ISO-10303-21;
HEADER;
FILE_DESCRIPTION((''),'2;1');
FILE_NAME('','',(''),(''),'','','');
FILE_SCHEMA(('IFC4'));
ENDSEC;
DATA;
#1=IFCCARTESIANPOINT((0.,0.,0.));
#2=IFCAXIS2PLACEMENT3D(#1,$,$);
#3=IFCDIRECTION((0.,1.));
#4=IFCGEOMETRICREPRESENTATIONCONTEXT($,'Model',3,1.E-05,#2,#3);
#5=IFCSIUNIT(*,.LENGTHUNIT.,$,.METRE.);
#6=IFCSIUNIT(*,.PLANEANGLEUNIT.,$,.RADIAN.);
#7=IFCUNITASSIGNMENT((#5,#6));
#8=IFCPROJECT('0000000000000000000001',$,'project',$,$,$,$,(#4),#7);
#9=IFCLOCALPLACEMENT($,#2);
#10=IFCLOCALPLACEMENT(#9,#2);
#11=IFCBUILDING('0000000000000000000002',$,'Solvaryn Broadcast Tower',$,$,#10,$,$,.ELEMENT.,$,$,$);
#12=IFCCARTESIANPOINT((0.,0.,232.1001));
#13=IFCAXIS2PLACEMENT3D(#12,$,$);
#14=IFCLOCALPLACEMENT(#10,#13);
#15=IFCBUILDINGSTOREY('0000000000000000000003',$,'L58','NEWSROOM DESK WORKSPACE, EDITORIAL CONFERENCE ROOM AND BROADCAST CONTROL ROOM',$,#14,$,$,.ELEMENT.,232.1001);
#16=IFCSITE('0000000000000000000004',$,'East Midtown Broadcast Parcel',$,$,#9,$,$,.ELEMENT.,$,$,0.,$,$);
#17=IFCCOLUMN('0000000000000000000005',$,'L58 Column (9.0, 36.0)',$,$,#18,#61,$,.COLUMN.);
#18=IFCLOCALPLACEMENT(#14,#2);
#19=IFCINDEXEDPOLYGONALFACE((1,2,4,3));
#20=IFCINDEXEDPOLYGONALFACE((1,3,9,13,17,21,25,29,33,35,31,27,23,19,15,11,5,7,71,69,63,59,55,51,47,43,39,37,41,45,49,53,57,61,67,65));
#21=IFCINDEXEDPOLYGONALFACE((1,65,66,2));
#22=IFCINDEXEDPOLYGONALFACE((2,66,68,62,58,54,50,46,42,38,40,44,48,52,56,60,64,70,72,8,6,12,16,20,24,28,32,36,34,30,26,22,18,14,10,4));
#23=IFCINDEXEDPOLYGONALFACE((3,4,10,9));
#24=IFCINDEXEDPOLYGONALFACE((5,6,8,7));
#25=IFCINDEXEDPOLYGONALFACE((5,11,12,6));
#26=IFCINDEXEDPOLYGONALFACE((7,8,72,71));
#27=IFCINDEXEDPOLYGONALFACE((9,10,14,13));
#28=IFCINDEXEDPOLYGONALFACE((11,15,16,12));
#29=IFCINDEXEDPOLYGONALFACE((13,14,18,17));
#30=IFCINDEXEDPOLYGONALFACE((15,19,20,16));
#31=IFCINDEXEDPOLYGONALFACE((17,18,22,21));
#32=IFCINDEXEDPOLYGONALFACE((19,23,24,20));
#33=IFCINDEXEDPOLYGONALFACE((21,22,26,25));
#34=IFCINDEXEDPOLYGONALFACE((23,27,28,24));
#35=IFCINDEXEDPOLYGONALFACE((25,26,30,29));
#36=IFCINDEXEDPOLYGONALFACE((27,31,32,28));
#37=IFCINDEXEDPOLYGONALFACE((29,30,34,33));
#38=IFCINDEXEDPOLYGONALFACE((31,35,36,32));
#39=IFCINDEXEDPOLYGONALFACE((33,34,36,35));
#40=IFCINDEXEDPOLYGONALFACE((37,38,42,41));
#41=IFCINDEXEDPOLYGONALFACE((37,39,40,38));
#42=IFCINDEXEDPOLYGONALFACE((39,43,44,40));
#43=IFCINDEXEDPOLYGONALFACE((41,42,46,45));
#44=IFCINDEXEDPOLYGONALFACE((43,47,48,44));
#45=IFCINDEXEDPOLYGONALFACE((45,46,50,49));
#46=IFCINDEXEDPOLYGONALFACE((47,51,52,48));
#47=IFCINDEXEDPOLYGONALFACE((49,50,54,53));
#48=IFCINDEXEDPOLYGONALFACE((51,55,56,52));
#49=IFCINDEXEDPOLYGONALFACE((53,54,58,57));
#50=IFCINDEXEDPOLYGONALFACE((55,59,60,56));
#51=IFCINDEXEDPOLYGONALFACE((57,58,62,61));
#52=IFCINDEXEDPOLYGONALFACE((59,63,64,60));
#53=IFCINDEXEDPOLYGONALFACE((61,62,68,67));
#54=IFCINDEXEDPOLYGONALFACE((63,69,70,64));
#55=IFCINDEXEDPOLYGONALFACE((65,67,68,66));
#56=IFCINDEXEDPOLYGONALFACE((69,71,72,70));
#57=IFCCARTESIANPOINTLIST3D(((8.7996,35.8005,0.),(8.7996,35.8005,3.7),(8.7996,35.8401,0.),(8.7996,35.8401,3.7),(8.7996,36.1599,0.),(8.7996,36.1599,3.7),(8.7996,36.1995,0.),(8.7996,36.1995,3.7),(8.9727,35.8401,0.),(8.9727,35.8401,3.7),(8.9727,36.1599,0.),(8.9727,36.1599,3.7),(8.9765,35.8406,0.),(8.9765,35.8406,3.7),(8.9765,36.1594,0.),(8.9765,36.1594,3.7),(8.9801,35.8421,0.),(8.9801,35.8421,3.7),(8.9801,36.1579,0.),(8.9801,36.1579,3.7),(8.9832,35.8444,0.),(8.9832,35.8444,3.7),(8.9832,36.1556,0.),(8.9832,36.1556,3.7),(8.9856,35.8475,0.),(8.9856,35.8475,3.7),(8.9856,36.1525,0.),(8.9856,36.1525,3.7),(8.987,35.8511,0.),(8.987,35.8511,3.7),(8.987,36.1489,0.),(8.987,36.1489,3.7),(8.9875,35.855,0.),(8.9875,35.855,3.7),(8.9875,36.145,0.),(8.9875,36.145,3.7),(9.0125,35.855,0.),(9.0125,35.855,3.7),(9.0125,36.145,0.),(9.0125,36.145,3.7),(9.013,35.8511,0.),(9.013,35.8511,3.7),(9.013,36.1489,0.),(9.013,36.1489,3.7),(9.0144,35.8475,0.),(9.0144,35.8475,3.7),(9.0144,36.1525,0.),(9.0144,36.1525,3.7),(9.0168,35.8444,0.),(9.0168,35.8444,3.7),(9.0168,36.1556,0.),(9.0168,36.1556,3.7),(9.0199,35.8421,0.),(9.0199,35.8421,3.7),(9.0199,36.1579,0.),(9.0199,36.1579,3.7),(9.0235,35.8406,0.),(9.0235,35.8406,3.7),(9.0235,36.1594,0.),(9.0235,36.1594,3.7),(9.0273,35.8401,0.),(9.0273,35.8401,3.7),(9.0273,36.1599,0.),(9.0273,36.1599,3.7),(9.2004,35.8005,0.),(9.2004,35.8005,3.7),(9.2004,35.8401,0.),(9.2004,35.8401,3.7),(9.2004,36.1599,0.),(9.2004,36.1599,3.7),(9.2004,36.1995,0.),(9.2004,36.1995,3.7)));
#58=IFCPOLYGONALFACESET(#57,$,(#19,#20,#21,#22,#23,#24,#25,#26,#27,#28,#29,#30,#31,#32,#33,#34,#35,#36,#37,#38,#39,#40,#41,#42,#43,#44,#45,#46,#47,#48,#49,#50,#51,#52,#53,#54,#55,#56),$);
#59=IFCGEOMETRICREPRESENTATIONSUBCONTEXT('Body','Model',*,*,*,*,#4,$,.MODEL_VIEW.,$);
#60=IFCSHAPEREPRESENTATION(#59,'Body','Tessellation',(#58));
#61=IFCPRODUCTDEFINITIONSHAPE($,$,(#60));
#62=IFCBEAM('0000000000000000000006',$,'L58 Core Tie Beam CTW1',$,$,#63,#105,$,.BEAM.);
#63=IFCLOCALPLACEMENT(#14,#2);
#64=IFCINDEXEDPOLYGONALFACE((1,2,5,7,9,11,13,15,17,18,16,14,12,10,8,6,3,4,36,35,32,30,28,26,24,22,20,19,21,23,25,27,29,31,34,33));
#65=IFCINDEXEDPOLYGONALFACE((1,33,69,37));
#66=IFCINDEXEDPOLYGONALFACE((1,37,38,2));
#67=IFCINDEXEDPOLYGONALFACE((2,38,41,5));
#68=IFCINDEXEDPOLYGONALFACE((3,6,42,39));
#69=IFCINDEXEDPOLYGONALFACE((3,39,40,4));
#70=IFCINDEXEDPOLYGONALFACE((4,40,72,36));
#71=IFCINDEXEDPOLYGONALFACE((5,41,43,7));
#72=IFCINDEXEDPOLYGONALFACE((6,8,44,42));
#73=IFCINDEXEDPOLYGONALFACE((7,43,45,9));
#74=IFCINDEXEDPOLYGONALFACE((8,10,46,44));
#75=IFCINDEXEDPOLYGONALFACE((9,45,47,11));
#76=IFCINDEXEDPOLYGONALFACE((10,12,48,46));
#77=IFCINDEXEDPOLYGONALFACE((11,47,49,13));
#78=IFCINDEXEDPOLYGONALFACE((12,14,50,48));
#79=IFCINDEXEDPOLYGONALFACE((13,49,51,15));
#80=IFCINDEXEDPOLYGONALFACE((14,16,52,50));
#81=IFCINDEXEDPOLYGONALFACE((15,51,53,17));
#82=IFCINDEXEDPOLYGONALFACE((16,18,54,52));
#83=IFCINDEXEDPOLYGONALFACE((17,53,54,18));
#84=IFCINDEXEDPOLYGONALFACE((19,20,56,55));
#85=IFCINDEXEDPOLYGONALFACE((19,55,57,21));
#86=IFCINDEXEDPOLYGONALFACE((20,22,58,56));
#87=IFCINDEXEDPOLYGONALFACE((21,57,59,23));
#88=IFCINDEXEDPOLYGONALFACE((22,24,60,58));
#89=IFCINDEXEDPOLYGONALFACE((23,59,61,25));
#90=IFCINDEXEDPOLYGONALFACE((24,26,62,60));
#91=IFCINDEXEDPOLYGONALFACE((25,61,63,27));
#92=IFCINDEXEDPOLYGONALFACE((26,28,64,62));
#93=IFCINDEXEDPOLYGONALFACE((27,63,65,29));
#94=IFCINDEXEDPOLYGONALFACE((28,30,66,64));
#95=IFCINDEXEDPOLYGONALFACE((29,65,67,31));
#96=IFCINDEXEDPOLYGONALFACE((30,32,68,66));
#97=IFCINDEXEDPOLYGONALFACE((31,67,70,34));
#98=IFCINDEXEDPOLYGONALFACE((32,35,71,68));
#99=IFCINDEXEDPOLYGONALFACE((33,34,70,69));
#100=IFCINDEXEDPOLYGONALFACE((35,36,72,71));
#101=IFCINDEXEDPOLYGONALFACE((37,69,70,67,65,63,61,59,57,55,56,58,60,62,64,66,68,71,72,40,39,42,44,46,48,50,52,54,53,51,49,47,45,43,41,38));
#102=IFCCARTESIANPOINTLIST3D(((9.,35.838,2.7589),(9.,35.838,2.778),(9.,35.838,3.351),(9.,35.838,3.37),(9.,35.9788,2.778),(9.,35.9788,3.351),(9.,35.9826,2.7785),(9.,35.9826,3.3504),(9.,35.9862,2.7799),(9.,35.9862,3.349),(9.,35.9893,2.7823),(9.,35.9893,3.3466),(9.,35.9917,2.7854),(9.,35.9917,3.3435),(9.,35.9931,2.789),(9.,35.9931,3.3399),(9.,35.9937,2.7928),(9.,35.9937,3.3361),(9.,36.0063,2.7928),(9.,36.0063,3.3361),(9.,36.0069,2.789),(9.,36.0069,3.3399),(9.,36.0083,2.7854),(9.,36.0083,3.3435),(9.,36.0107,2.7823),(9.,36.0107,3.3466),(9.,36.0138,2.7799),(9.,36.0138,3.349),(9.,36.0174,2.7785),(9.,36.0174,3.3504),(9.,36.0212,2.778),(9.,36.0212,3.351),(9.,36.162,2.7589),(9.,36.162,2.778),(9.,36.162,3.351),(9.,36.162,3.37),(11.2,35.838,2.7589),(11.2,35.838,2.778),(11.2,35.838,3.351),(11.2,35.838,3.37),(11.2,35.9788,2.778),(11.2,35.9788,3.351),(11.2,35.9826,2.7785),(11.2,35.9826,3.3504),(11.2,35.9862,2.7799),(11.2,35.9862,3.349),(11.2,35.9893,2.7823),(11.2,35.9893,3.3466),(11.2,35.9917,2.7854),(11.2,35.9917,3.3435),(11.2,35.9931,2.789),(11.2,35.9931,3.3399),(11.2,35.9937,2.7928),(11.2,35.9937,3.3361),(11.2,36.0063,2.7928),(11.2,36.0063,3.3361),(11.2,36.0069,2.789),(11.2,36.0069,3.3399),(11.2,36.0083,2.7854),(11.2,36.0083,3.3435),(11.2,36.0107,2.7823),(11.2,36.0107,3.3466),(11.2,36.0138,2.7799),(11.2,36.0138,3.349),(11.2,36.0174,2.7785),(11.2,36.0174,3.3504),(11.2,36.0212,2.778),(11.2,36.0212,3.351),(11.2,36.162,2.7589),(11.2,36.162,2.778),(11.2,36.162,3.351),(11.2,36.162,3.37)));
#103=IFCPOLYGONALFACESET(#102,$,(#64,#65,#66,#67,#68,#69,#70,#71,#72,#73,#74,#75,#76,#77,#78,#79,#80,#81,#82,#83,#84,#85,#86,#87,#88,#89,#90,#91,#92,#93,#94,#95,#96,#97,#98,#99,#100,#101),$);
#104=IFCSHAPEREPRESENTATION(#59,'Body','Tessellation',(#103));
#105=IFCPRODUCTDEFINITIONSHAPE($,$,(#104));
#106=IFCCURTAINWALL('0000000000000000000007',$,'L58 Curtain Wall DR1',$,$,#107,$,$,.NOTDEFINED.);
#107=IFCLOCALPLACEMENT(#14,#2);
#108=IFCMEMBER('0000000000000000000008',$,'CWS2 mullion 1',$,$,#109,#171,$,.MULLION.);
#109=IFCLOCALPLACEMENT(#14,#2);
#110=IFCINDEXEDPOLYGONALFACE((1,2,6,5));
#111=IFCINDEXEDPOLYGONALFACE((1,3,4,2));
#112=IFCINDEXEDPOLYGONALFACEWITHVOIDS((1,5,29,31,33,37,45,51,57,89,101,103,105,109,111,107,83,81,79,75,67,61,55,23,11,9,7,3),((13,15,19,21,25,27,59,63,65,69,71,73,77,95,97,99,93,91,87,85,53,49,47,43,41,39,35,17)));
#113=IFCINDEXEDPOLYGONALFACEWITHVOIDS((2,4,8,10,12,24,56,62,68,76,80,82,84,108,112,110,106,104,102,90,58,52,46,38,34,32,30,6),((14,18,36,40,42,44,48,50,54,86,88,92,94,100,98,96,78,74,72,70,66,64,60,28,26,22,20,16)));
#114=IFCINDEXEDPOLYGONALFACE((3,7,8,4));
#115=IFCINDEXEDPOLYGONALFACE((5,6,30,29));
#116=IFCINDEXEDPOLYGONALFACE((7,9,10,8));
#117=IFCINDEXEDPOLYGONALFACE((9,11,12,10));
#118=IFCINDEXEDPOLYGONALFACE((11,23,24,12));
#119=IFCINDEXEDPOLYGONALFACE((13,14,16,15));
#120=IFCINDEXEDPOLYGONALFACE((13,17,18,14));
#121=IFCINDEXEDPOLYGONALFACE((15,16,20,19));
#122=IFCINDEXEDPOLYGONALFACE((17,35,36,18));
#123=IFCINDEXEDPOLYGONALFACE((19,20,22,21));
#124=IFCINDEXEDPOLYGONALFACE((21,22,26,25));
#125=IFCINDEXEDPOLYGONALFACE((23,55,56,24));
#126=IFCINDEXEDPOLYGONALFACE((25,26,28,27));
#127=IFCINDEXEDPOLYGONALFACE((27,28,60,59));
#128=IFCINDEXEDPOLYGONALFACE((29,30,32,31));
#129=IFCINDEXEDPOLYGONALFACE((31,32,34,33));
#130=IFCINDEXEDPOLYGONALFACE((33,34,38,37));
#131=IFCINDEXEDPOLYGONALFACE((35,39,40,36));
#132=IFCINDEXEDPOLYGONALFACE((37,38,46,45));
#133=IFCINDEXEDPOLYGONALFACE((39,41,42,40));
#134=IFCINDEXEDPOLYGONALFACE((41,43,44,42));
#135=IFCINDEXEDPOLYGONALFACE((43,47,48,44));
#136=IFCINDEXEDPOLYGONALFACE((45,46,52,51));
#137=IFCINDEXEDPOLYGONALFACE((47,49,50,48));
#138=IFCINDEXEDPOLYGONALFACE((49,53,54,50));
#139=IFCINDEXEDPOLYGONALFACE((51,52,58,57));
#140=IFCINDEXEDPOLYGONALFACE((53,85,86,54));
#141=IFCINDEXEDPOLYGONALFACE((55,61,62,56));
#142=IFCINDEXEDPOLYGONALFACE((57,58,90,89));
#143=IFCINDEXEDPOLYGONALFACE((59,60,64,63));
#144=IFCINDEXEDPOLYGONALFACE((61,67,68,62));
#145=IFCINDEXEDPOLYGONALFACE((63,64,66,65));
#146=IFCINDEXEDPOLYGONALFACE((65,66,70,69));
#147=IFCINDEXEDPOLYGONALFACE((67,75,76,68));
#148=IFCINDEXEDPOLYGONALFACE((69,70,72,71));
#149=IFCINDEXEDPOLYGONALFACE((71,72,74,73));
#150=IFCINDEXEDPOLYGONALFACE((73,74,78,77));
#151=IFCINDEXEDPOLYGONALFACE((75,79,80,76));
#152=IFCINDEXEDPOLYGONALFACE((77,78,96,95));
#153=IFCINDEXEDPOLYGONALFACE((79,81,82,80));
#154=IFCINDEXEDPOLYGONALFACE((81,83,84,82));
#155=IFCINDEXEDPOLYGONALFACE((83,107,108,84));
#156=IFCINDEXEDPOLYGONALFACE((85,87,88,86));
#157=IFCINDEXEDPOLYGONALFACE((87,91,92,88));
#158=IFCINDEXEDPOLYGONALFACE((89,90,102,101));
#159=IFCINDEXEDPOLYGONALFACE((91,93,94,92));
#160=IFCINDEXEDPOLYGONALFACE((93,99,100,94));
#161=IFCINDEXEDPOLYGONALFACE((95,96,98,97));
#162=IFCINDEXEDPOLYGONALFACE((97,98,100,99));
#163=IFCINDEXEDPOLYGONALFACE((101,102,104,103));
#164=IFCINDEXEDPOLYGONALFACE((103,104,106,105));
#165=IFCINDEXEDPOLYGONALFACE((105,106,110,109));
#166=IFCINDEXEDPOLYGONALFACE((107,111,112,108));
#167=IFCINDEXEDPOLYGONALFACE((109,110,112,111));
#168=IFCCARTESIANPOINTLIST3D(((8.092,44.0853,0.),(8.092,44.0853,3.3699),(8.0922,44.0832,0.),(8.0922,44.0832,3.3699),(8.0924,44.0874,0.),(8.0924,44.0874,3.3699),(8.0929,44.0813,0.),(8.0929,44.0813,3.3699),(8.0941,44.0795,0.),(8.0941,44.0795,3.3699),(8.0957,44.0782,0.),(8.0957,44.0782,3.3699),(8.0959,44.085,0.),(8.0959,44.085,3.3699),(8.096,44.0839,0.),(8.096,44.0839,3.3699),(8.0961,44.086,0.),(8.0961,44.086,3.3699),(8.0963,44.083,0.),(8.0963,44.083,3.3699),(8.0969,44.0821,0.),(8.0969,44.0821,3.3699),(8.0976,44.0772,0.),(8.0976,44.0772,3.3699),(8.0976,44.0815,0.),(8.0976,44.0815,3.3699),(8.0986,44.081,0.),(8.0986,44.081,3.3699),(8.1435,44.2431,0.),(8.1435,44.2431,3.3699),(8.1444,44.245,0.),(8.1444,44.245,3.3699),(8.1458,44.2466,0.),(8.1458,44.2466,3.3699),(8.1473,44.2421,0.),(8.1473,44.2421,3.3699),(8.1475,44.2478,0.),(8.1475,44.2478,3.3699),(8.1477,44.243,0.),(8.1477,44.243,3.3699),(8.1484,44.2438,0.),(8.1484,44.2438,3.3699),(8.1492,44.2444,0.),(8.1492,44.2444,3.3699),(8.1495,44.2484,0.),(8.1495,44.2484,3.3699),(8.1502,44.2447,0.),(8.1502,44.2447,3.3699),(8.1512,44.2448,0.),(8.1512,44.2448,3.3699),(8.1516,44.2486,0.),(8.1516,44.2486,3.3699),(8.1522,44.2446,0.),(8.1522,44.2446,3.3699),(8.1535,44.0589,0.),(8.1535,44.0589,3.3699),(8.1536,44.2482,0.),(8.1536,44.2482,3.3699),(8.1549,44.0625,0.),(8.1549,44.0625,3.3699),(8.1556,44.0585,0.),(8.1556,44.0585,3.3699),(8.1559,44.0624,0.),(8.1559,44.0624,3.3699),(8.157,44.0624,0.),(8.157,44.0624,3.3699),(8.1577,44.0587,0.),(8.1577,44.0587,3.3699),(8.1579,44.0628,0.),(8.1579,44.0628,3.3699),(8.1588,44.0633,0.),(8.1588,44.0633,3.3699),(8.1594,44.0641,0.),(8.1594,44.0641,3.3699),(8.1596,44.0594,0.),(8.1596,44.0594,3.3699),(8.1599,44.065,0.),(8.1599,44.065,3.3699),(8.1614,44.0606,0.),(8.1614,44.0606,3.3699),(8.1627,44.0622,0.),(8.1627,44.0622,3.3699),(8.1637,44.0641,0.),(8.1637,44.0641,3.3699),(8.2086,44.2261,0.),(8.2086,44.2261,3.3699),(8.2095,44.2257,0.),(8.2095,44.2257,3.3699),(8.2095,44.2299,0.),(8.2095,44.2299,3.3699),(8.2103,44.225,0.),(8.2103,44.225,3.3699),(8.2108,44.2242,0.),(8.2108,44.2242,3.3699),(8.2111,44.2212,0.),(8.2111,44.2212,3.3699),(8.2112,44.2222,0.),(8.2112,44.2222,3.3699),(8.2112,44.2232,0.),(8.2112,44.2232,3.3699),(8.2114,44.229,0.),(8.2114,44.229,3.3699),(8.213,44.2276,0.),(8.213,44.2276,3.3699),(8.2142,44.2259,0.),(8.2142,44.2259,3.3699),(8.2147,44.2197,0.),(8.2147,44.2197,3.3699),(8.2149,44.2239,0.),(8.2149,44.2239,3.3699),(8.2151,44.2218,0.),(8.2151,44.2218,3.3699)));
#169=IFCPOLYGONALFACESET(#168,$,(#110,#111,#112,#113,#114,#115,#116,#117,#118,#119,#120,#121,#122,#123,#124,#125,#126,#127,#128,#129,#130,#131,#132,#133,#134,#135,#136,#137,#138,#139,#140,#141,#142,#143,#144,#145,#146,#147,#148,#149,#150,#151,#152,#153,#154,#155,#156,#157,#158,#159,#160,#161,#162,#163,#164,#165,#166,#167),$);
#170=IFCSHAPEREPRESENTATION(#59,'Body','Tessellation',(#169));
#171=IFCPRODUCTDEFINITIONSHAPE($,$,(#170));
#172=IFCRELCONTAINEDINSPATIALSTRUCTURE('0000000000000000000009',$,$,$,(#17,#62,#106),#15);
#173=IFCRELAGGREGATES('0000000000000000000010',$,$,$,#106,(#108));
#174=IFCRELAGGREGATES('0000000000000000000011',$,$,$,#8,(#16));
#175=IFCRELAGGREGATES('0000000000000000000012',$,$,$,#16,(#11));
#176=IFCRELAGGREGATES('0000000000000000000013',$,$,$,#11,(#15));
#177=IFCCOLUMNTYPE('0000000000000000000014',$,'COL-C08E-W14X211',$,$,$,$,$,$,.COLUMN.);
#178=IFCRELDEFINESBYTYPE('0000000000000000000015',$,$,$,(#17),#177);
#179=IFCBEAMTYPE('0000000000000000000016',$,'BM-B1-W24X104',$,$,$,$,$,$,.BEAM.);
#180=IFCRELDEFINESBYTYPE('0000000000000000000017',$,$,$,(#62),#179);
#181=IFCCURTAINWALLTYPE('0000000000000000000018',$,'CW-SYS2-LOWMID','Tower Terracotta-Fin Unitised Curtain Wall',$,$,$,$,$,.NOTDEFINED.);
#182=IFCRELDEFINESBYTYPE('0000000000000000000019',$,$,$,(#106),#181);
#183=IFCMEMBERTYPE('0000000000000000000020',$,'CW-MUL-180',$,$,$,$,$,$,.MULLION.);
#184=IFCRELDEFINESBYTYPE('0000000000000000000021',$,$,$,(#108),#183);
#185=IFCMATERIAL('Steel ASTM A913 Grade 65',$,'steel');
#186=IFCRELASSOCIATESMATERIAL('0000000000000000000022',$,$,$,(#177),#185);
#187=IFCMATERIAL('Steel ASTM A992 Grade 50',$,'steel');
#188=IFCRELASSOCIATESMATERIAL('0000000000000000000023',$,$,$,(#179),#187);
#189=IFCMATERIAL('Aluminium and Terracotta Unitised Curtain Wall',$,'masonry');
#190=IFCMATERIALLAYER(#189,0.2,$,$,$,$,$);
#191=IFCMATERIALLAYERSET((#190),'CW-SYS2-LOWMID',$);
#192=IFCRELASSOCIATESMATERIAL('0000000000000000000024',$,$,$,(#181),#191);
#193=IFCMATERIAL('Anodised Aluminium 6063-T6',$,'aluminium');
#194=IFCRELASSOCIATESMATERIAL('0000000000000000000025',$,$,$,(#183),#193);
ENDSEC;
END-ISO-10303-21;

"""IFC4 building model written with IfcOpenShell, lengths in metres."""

from ifc_helpers import new_model, si_unit, direction, frame, origin, origin_2d, place, context, subcontext, project, spatial, hollow_rectangle, i_section, extrude, material, layer, layer_set, material_profile, profile_set, type_object, element, aggregate, save


model = new_model("IFC4")

# Units and contexts
model_context = context("Model", 3, precision=1e-05, world=origin(), true_north=direction((0.0, 1.0)))
body_context = subcontext(model_context, "Body", "Model", "MODEL_VIEW")
ifc_project = project(units=[si_unit("LENGTHUNIT", "METRE"), si_unit("PLANEANGLEUNIT", "RADIAN")], contexts=[model_context])

# Site, building, storey
site_placement = place(None, origin())
site = spatial("IfcSite", under=ifc_project, at=site_placement, Name="East Midtown Broadcast Parcel", CompositionType="ELEMENT", RefElevation=0.0)
building_placement = place(site_placement, origin())
building = spatial("IfcBuilding", under=site, at=building_placement, Name="Solvaryn Broadcast Tower", CompositionType="ELEMENT")
storey_placement = place(building_placement, frame((0.0, 0.0, 232.1001)))
storey = spatial("IfcBuildingStorey", under=building, at=storey_placement, Name="L58", Description="NEWSROOM DESK WORKSPACE, EDITORIAL CONFERENCE ROOM AND BROADCAST CONTROL ROOM", CompositionType="ELEMENT", Elevation=232.1001)

# Column
ifc_material_1 = material(Name="Steel ASTM A913 Grade 65", Category="steel")
ifc_material_profile_1 = material_profile(ifc_material_1, i_section(OverallWidth=0.4009, OverallDepth=0.3989, WebThickness=0.0249, FlangeThickness=0.0396, FilletRadius=0.0149, at=origin_2d()))
ifc_profile_set_1 = profile_set([ifc_material_profile_1], Name="Steel ASTM A913 Grade 65")
column_type = type_object("IfcColumnType", Name="COL-C08E-W14X211", PredefinedType="COLUMN", material=ifc_profile_set_1)
column_placement = place(storey_placement, frame((9.0, 36.0, 0.0), z_axis=(0.0, 0.0, 1.0), x_axis=(1.0, 0.0, 0.0)))
element("IfcColumn", 1, at=column_placement, inside=storey, type_object=column_type, Name="L58 Column (9.0, 36.0)", PredefinedType="COLUMN", context=body_context, shape_type="SweptSolid", body=[
    extrude(i_section(OverallWidth=0.4009, OverallDepth=0.3989, WebThickness=0.0249, FlangeThickness=0.0396, FilletRadius=0.0149, at=origin_2d()), origin(), (0.0, 0.0, 1.0), 3.7),
])

# Beam
ifc_material_2 = material(Name="Steel ASTM A992 Grade 50", Category="steel")
ifc_material_profile_2 = material_profile(ifc_material_2, i_section(OverallWidth=0.324, OverallDepth=0.6111, WebThickness=0.0127, FlangeThickness=0.019, FilletRadius=0.0149, at=origin_2d()))
ifc_profile_set_2 = profile_set([ifc_material_profile_2], Name="Steel ASTM A992 Grade 50")
beam_type = type_object("IfcBeamType", Name="BM-B1-W24X104", PredefinedType="BEAM", material=ifc_profile_set_2)
beam_placement = place(storey_placement, frame((9.0, 36.0, 3.0645), z_axis=(1.0, 0.0, 0.0), x_axis=(0.0, 1.0, 0.0)))
element("IfcBeam", 2, at=beam_placement, inside=storey, type_object=beam_type, Name="L58 Core Tie Beam CTW1", PredefinedType="BEAM", context=body_context, shape_type="SweptSolid", body=[
    extrude(i_section(OverallWidth=0.324, OverallDepth=0.6111, WebThickness=0.0127, FlangeThickness=0.019, FilletRadius=0.0149, at=origin_2d()), origin(), (0.0, 0.0, 1.0), 2.2),
])

# Curtain wall, member
ifc_material_3 = material(Name="Aluminium and Terracotta Unitised Curtain Wall", Category="masonry")
ifc_layer_1 = layer(ifc_material_3, 0.2)
ifc_layer_set_1 = layer_set([ifc_layer_1], Name="CW-SYS2-LOWMID")
curtain_wall_type = type_object("IfcCurtainWallType", Name="CW-SYS2-LOWMID", Description="Tower Terracotta-Fin Unitised Curtain Wall", PredefinedType="NOTDEFINED", material=ifc_layer_set_1)
curtain_wall_1_placement = place(storey_placement, origin())
curtain_wall_1 = element("IfcCurtainWall", 3, at=curtain_wall_1_placement, inside=storey, type_object=curtain_wall_type, Name="L58 Curtain Wall DR1", PredefinedType="NOTDEFINED")
ifc_material_4 = material(Name="Anodised Aluminium 6063-T6", Category="aluminium")
ifc_material_profile_3 = material_profile(ifc_material_4, hollow_rectangle(XDim=0.075, YDim=0.1799, WallThickness=0.0039, InnerFilletRadius=0.0039, OuterFilletRadius=0.0081, at=origin_2d()))
ifc_profile_set_3 = profile_set([ifc_material_profile_3], Name="Anodised Aluminium 6063-T6")
member_type_1 = type_object("IfcMemberType", Name="CW-MUL-180", PredefinedType="MULLION", material=ifc_profile_set_3)
member_1_placement = place(storey_placement, frame((8.1536, 44.1536, 0.0), z_axis=(0.0, 0.0, 1.0), x_axis=(0.950227, -0.311559, 0.0)))
member_1 = element("IfcMember", 4, at=member_1_placement, type_object=member_type_1, Name="CWS2 mullion 1", PredefinedType="MULLION", context=body_context, shape_type="SweptSolid", body=[
    extrude(hollow_rectangle(XDim=0.075, YDim=0.1799, WallThickness=0.0039, InnerFilletRadius=0.0039, OuterFilletRadius=0.0081, at=origin_2d()), origin(), (0.0, 0.0, 1.0), 3.3699),
])

aggregate(curtain_wall_1, [member_1])

save(model, "model.ifc")
